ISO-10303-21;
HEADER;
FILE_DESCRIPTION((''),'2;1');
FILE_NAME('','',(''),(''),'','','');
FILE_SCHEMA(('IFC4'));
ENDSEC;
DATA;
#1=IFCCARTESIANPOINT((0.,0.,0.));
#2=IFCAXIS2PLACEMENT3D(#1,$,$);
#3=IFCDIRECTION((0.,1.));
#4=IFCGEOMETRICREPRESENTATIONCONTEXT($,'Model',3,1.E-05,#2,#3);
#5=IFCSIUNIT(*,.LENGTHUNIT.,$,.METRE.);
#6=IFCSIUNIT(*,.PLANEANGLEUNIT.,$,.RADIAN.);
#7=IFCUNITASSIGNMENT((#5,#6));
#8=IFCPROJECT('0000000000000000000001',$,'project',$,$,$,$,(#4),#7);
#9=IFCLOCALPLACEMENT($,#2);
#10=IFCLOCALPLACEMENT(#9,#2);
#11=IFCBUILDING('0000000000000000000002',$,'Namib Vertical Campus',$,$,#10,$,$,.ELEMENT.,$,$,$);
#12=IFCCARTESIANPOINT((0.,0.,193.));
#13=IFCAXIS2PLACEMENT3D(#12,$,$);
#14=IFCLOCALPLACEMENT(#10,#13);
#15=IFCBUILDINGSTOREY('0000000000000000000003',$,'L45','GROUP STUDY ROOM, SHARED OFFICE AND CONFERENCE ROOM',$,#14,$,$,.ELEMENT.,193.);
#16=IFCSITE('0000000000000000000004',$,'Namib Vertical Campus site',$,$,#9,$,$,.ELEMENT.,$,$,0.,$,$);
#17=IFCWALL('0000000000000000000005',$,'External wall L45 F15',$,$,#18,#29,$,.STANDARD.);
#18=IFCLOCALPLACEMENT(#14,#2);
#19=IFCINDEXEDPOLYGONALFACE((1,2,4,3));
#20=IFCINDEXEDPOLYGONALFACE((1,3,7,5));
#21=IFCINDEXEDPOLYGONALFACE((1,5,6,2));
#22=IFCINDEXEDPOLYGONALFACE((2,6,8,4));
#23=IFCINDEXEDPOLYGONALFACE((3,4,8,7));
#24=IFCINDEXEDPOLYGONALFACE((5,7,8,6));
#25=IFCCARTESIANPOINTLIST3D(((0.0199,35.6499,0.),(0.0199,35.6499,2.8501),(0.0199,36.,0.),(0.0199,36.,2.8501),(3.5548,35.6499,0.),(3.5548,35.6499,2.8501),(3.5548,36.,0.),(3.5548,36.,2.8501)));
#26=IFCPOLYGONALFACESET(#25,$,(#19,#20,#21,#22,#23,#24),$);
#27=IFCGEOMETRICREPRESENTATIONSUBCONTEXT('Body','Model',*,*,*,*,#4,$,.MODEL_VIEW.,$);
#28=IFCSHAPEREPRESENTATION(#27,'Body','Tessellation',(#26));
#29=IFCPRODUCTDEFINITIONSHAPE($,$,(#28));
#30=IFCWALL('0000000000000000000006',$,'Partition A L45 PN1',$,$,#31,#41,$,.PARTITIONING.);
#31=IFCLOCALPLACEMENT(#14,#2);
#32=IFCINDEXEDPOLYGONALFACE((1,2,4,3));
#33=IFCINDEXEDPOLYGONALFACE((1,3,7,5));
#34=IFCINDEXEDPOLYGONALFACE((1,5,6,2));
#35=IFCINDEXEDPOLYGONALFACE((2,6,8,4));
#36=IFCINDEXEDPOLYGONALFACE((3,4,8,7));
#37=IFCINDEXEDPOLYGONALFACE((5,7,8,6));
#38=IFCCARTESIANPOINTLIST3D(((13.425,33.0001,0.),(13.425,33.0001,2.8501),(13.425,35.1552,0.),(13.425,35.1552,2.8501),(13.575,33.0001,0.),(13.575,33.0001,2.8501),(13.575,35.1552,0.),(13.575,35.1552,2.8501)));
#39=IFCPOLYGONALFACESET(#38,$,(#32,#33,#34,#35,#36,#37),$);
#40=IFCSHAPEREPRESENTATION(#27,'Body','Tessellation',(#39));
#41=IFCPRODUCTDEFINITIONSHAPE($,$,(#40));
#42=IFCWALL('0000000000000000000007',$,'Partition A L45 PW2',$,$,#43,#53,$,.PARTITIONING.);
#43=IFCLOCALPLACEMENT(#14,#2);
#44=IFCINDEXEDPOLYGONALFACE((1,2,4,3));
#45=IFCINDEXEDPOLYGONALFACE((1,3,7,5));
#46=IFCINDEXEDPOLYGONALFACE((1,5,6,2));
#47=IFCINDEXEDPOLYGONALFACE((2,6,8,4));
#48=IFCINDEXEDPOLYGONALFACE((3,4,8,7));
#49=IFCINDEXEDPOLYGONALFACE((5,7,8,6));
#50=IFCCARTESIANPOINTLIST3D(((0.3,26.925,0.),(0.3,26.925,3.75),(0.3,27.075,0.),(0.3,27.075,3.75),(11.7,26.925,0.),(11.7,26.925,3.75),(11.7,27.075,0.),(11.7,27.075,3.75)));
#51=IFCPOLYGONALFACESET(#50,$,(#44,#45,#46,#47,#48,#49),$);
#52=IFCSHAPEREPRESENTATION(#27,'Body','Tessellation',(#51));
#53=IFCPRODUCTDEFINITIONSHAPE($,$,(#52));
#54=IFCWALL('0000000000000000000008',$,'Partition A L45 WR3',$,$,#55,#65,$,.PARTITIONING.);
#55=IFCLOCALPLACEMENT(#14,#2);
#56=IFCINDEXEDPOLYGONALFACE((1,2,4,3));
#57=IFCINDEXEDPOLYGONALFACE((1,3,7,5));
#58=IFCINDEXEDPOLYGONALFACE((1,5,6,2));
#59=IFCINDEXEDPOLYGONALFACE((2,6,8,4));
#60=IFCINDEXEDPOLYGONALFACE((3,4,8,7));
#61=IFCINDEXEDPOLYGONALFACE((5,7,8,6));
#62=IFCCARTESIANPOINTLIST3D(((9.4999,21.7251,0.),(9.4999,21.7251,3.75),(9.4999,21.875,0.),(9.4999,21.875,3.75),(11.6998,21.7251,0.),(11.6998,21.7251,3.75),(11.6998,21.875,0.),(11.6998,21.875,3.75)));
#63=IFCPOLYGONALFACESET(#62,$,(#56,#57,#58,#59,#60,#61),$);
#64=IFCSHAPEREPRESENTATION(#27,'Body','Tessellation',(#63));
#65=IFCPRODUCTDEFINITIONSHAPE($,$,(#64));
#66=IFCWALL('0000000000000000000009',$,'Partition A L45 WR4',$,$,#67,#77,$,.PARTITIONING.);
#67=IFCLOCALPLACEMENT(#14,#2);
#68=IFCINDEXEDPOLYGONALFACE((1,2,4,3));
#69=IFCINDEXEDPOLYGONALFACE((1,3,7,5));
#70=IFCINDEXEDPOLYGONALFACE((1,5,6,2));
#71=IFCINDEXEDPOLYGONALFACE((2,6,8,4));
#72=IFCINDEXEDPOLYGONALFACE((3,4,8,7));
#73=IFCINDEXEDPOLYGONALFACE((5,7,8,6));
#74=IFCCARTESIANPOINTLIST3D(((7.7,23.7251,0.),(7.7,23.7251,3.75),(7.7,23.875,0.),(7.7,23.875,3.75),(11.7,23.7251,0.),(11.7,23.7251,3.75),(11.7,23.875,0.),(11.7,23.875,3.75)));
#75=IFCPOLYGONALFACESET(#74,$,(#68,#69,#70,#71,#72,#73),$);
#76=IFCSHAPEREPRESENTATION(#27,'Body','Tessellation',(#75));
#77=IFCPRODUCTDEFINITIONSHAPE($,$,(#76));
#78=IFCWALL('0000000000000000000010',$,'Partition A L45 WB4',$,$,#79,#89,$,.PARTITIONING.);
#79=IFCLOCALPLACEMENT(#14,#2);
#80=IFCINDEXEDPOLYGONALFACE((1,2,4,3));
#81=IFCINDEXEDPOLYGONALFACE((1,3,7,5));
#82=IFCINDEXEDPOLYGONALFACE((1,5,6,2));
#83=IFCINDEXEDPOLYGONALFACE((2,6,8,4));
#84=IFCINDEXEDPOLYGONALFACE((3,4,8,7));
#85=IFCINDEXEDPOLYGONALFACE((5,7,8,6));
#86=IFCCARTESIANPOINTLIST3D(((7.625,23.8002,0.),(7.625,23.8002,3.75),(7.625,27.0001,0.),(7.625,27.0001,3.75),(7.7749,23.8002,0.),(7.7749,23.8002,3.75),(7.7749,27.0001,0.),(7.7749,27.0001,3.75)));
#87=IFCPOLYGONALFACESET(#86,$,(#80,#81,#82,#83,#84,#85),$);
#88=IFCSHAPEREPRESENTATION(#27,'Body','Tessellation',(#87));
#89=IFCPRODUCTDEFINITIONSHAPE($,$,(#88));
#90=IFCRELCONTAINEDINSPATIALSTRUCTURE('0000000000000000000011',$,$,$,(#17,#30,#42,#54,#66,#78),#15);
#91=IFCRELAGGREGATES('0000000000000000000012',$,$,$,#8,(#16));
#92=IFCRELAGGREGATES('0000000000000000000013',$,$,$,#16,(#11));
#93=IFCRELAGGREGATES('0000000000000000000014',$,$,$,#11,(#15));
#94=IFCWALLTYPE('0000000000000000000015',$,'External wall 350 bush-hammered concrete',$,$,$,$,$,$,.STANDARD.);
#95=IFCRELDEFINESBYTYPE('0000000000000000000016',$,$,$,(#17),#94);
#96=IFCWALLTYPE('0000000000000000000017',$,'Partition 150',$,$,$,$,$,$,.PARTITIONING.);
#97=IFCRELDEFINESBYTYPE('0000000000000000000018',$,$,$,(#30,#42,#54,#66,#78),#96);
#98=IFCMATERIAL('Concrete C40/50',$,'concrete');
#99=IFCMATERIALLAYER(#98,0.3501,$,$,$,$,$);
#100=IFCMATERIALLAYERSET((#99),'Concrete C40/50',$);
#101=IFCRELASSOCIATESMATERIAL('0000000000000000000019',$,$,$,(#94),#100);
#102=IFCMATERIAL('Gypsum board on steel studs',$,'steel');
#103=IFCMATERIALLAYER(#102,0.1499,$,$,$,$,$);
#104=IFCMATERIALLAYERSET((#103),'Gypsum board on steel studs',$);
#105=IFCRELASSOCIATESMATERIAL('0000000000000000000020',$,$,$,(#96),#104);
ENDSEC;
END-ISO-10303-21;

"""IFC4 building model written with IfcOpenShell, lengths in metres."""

from ifc_helpers import new_model, si_unit, direction, frame, frame_2d, origin, place, context, subcontext, project, spatial, rectangle, extrude, material, layer, layer_set, type_object, element, save


model = new_model("IFC4")

# Units and contexts
model_context = context("Model", 3, precision=1e-05, world=origin(), true_north=direction((0.0, 1.0)))
body_context = subcontext(model_context, "Body", "Model", "MODEL_VIEW")
ifc_project = project(units=[si_unit("LENGTHUNIT", "METRE"), si_unit("PLANEANGLEUNIT", "RADIAN")], contexts=[model_context])

# Site, building, storey
site_placement = place(None, origin())
site = spatial("IfcSite", under=ifc_project, at=site_placement, Name="Namib Vertical Campus site", CompositionType="ELEMENT", RefElevation=0.0)
building_placement = place(site_placement, origin())
building = spatial("IfcBuilding", under=site, at=building_placement, Name="Namib Vertical Campus", CompositionType="ELEMENT")
storey_placement = place(building_placement, frame((0.0, 0.0, 193.0)))
storey = spatial("IfcBuildingStorey", under=building, at=storey_placement, Name="L45", Description="GROUP STUDY ROOM, SHARED OFFICE AND CONFERENCE ROOM", CompositionType="ELEMENT", Elevation=193.0)

# Walls
ifc_material_1 = material(Name="Concrete C40/50", Category="concrete")
ifc_layer_1 = layer(ifc_material_1, 0.3501)
ifc_layer_set_1 = layer_set([ifc_layer_1], Name="Concrete C40/50")
wall_type_1 = type_object("IfcWallType", Name="External wall 350 bush-hammered concrete", PredefinedType="STANDARD", material=ifc_layer_set_1)
wall_1_placement = place(storey_placement, frame((3.5549, 35.825, 0.0), z_axis=(0.0, 0.0, 1.0), x_axis=(-1.0, 0.0, 0.0)))
element("IfcWall", 1, at=wall_1_placement, inside=storey, type_object=wall_type_1, Name="External wall L45 F15", PredefinedType="STANDARD", context=body_context, shape_type="SweptSolid", body=[
    extrude(rectangle(XDim=3.5349, YDim=0.3501, at=frame_2d((1.7676, 0.0))), origin(), (0.0, 0.0, 1.0), 2.8501),
])
ifc_material_2 = material(Name="Gypsum board on steel studs", Category="steel")
ifc_layer_2 = layer(ifc_material_2, 0.1499)
ifc_layer_set_2 = layer_set([ifc_layer_2], Name="Gypsum board on steel studs")
wall_type_2 = type_object("IfcWallType", Name="Partition 150", PredefinedType="PARTITIONING", material=ifc_layer_set_2)
wall_2_placement = place(storey_placement, frame((13.5, 33.0, 0.0), z_axis=(0.0, 0.0, 1.0), x_axis=(0.0, 1.0, 0.0)))
element("IfcWall", 2, at=wall_2_placement, inside=storey, type_object=wall_type_2, Name="Partition A L45 PN1", PredefinedType="PARTITIONING", context=body_context, shape_type="SweptSolid", body=[
    extrude(rectangle(XDim=2.155, YDim=0.1499, at=frame_2d((1.0776, 0.0))), origin(), (0.0, 0.0, 1.0), 2.8501),
])
wall_3_placement = place(storey_placement, frame((0.3, 27.0, 0.0), z_axis=(0.0, 0.0, 1.0), x_axis=(1.0, 0.0, 0.0)))
element("IfcWall", 3, at=wall_3_placement, inside=storey, type_object=wall_type_2, Name="Partition A L45 PW2", PredefinedType="PARTITIONING", context=body_context, shape_type="SweptSolid", body=[
    extrude(rectangle(XDim=11.3999, YDim=0.1499, at=frame_2d((5.7, 0.0))), origin(), (0.0, 0.0, 1.0), 3.75),
])
wall_4_placement = place(storey_placement, frame((11.7, 21.8, 0.0), z_axis=(0.0, 0.0, 1.0), x_axis=(-1.0, 0.0, 0.0)))
element("IfcWall", 4, at=wall_4_placement, inside=storey, type_object=wall_type_2, Name="Partition A L45 WR3", PredefinedType="PARTITIONING", context=body_context, shape_type="SweptSolid", body=[
    extrude(rectangle(XDim=2.2, YDim=0.1499, at=frame_2d((1.1001, 0.0))), origin(), (0.0, 0.0, 1.0), 3.75),
])
wall_5_placement = place(storey_placement, frame((11.7, 23.8, 0.0), z_axis=(0.0, 0.0, 1.0), x_axis=(-1.0, 0.0, 0.0)))
element("IfcWall", 5, at=wall_5_placement, inside=storey, type_object=wall_type_2, Name="Partition A L45 WR4", PredefinedType="PARTITIONING", context=body_context, shape_type="SweptSolid", body=[
    extrude(rectangle(XDim=4.0, YDim=0.1499, at=frame_2d((2.0, 0.0))), origin(), (0.0, 0.0, 1.0), 3.75),
])
wall_6_placement = place(storey_placement, frame((7.7, 23.8, 0.0), z_axis=(0.0, 0.0, 1.0), x_axis=(0.0, 1.0, 0.0)))
element("IfcWall", 6, at=wall_6_placement, inside=storey, type_object=wall_type_2, Name="Partition A L45 WB4", PredefinedType="PARTITIONING", context=body_context, shape_type="SweptSolid", body=[
    extrude(rectangle(XDim=3.2, YDim=0.1499, at=frame_2d((1.6001, 0.0))), origin(), (0.0, 0.0, 1.0), 3.75),
])

save(model, "model.ifc")
